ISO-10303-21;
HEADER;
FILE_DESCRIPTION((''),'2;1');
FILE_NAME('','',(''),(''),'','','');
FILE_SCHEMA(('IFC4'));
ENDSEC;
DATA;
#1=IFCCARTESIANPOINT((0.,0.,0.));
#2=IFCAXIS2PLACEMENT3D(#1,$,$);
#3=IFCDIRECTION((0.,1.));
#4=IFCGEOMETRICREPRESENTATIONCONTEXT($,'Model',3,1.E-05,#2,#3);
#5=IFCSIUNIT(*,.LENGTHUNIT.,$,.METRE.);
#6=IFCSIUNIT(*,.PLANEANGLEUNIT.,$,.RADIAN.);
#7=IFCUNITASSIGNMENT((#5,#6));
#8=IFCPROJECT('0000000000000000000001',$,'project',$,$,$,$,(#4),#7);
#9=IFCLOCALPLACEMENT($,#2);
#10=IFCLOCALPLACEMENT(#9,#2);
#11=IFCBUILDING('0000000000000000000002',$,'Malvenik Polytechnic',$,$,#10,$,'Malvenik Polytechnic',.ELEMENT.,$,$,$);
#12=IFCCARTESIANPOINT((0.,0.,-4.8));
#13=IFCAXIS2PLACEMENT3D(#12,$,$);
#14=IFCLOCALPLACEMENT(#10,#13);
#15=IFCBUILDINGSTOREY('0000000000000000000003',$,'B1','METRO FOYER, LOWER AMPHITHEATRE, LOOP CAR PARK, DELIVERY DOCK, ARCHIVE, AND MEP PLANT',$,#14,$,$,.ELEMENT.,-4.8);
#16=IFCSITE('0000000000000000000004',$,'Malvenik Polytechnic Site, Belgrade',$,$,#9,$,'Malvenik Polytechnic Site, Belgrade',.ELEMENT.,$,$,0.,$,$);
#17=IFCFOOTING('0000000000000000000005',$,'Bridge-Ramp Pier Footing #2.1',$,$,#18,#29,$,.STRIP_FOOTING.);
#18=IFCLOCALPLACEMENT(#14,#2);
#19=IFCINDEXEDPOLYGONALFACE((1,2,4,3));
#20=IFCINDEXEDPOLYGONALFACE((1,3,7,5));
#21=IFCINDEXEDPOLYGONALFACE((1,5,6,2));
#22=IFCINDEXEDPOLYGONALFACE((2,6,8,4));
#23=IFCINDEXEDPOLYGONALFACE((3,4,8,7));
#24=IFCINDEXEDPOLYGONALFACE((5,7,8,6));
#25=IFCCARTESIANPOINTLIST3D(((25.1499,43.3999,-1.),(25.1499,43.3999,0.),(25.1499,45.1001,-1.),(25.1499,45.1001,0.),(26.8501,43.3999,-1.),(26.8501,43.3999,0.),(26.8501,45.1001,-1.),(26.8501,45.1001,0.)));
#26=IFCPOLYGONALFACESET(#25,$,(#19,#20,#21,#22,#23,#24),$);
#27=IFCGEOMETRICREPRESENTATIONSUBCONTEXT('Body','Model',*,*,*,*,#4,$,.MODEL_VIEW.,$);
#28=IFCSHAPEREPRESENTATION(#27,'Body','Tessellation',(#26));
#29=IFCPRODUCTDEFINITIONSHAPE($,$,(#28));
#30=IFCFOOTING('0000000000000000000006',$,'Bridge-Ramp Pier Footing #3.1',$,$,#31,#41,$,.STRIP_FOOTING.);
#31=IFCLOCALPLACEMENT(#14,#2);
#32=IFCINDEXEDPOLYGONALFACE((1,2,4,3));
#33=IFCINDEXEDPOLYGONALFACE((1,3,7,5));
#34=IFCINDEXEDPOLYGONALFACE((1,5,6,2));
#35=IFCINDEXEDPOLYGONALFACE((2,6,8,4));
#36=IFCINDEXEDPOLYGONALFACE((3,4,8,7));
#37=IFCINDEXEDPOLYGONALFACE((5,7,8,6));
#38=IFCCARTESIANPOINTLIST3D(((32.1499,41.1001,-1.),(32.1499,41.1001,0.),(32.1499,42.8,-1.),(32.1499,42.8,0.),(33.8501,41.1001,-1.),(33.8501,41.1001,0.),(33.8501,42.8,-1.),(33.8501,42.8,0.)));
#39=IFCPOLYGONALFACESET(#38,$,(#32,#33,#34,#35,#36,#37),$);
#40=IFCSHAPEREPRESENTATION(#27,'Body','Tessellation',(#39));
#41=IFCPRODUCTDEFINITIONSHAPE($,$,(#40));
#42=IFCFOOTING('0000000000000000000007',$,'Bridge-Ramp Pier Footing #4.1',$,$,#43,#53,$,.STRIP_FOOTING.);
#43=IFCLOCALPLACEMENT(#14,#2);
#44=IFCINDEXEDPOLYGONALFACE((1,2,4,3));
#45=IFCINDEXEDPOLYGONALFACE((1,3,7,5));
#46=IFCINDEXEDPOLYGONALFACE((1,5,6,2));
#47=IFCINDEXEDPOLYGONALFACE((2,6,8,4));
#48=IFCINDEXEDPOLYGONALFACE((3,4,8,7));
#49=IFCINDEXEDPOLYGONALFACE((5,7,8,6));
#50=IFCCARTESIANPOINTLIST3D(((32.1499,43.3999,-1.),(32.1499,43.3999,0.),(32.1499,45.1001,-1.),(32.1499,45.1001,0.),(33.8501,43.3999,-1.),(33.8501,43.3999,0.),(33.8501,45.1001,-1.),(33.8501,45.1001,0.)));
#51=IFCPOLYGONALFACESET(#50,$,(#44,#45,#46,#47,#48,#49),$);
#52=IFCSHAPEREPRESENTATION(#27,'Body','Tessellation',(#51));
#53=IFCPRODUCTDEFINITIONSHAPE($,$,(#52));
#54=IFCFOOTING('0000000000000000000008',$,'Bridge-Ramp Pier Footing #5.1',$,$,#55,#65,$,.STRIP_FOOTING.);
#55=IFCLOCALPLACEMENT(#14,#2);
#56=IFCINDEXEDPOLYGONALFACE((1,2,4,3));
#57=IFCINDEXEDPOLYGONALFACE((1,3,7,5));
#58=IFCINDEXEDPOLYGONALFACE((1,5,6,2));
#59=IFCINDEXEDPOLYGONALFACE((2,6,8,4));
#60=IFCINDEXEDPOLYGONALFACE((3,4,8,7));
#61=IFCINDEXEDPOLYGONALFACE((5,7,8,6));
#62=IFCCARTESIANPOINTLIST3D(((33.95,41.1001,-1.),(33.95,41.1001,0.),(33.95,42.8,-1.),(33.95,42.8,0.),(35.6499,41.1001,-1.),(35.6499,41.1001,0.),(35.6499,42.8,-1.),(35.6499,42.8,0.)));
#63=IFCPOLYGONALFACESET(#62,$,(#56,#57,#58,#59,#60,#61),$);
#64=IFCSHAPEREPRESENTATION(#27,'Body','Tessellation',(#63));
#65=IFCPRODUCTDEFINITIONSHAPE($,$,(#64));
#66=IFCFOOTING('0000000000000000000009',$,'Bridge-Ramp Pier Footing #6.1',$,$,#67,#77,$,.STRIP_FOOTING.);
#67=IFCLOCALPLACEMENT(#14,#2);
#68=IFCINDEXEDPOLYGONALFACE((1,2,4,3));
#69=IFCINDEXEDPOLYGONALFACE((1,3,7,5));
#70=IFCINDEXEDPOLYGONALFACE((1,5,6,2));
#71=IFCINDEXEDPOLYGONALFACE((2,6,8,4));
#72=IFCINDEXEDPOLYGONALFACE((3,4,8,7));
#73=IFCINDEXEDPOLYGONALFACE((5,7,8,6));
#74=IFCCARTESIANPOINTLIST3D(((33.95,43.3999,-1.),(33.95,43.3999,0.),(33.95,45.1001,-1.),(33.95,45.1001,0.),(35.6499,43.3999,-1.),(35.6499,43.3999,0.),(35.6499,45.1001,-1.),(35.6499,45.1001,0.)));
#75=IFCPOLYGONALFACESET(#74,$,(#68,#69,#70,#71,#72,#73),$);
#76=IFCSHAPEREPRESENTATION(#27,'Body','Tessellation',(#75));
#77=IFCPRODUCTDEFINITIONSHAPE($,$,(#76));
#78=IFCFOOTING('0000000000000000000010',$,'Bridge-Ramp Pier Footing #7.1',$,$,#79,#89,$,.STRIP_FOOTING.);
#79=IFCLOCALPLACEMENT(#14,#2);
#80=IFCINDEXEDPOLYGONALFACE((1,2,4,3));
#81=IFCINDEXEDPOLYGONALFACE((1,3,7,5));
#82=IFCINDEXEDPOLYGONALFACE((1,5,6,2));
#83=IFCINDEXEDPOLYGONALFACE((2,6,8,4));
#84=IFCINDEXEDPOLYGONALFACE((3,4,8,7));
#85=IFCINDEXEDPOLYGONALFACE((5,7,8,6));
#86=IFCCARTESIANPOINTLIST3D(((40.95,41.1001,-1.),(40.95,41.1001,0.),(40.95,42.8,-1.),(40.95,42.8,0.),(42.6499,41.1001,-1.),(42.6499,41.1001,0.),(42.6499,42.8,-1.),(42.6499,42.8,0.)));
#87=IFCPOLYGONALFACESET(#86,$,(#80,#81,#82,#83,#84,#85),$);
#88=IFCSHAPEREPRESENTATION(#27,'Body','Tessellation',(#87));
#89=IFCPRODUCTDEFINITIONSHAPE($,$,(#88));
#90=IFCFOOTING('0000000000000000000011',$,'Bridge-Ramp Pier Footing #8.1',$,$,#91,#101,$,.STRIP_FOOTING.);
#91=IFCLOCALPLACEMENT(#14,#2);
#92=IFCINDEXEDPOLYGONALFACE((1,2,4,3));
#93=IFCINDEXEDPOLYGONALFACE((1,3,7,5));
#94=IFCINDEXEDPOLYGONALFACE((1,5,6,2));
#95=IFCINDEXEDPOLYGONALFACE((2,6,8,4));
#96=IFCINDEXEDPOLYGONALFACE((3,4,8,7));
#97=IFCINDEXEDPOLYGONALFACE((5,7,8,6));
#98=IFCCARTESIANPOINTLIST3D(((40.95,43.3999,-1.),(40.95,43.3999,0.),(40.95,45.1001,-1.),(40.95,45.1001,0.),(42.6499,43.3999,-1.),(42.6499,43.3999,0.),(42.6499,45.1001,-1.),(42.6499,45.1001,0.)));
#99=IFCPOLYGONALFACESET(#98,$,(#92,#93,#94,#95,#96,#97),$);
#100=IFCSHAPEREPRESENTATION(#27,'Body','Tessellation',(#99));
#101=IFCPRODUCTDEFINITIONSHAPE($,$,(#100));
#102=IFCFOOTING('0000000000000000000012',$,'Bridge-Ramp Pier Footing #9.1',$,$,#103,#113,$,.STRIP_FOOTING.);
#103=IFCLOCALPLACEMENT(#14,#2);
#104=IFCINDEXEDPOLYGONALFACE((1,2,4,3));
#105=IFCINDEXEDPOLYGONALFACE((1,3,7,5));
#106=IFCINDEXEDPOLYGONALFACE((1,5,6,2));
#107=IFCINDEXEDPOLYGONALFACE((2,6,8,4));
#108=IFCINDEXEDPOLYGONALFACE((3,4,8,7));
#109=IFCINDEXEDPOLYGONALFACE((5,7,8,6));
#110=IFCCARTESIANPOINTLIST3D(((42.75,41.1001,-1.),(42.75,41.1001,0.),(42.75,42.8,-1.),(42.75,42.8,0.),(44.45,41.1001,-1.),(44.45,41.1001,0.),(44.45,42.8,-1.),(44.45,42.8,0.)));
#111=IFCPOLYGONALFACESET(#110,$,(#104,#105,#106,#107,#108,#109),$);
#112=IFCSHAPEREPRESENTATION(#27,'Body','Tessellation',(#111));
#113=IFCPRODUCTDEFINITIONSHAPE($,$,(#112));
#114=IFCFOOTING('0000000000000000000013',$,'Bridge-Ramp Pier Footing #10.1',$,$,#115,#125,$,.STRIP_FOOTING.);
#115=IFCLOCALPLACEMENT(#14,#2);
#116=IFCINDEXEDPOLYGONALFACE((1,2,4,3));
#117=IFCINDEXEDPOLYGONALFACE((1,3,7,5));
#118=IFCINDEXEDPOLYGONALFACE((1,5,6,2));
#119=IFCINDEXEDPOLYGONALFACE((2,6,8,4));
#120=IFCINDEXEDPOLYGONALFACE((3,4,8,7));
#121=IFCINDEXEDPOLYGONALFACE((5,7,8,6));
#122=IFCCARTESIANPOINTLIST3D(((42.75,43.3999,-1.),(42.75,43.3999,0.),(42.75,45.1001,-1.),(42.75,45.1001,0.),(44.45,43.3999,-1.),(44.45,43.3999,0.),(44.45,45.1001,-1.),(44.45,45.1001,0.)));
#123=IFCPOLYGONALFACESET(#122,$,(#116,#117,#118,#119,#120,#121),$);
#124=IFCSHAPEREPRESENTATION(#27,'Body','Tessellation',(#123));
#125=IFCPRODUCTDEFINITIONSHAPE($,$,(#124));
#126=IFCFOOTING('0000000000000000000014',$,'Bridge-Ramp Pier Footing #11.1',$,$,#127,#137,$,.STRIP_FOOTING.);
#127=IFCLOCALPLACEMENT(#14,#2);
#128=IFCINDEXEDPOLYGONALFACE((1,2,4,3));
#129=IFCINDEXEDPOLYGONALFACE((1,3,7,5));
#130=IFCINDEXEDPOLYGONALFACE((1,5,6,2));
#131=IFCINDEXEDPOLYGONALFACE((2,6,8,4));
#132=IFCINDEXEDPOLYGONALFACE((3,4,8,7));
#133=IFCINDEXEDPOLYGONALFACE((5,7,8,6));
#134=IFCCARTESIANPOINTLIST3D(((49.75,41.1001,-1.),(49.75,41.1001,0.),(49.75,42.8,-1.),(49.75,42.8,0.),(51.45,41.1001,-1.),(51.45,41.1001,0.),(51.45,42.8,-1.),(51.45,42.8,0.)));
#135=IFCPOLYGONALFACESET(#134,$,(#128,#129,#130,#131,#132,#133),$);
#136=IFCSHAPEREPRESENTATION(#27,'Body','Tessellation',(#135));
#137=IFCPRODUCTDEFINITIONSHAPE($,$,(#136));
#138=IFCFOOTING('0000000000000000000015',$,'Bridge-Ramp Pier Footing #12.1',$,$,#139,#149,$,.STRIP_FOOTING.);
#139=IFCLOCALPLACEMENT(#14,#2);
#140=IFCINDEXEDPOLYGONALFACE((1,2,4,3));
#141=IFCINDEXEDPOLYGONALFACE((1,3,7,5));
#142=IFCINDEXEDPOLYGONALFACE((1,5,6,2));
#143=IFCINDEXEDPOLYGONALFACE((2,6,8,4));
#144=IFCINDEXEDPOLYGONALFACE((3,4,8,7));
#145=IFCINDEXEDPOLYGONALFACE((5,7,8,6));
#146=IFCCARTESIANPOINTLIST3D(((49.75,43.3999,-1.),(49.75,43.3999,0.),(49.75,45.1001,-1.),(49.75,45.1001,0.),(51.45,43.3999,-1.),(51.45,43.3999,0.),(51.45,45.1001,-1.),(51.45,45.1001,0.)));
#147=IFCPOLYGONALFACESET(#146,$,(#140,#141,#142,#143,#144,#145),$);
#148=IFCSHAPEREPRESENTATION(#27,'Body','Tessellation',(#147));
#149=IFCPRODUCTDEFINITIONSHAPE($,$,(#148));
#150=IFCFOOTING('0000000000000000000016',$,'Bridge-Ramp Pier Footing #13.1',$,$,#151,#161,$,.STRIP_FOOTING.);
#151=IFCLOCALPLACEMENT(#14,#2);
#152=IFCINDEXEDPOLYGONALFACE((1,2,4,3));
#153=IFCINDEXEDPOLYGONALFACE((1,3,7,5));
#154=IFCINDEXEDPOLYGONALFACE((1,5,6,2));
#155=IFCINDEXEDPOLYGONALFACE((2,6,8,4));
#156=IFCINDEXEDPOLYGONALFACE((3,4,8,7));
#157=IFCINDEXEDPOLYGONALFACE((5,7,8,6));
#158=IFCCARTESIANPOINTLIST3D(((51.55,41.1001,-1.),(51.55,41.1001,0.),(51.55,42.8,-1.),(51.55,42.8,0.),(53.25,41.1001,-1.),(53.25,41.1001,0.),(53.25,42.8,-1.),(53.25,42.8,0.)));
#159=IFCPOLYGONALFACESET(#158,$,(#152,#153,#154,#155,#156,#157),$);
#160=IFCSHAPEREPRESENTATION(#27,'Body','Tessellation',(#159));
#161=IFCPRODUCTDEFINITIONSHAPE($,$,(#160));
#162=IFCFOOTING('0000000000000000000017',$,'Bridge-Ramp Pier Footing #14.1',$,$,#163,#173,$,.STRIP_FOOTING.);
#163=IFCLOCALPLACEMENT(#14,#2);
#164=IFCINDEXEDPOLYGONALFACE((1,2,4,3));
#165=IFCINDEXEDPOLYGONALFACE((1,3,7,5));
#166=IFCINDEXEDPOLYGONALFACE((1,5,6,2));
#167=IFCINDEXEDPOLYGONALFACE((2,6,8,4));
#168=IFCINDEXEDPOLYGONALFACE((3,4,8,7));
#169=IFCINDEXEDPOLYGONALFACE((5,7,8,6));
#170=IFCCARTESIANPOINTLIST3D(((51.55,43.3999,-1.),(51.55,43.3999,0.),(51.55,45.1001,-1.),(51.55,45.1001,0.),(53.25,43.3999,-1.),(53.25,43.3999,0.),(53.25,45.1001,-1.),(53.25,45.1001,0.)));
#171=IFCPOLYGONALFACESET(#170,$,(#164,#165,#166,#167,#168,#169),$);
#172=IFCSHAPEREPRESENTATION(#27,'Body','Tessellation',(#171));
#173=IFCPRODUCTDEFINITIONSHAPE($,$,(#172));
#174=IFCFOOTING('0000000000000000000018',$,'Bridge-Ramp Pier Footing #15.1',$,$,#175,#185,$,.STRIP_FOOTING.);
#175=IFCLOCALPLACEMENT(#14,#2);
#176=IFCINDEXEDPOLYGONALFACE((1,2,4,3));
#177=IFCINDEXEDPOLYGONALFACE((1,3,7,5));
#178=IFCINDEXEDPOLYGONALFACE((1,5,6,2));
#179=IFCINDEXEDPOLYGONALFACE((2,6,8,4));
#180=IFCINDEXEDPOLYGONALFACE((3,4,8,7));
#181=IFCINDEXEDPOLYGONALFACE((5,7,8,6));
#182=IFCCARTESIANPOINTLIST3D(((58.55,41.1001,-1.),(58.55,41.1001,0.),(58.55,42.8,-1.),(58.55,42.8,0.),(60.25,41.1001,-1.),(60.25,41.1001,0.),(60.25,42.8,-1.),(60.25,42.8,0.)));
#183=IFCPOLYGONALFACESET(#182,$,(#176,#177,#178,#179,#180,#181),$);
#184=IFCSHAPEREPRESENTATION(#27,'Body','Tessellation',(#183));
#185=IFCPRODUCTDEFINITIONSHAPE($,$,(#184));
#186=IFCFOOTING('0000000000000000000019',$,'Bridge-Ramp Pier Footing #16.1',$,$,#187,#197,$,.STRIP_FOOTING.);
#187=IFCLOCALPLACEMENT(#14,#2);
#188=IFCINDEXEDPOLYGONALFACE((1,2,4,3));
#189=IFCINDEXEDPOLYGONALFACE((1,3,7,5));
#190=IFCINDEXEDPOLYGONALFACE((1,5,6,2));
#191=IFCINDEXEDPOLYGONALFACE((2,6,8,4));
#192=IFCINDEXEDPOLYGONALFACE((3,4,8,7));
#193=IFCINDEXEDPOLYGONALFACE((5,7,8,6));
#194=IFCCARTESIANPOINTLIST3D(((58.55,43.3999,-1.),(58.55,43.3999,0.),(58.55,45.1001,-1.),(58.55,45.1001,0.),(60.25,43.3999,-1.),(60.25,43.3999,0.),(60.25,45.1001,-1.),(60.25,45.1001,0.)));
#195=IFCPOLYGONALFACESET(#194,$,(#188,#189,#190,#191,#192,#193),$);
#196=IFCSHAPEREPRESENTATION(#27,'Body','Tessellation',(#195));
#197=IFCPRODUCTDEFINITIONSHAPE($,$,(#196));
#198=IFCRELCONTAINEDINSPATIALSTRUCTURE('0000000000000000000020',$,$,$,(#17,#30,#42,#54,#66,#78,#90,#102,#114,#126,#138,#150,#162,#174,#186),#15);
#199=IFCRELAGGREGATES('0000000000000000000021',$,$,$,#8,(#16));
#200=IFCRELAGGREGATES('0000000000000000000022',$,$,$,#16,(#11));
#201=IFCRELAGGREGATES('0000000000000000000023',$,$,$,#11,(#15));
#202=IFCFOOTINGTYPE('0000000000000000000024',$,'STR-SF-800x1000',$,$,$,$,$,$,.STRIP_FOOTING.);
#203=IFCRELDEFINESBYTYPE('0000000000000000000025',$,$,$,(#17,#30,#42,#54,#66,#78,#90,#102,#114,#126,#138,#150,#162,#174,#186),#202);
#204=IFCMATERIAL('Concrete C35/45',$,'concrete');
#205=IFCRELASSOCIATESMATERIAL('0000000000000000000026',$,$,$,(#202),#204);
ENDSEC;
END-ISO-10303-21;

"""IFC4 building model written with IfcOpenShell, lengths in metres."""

from ifc_helpers import new_model, si_unit, direction, frame, origin, place, context, subcontext, project, spatial, polyline, outline, extrude, material, type_object, element, save


model = new_model("IFC4")

# Units and contexts
model_context = context("Model", 3, precision=1e-05, world=origin(), true_north=direction((0.0, 1.0)))
body_context = subcontext(model_context, "Body", "Model", "MODEL_VIEW")
ifc_project = project(units=[si_unit("LENGTHUNIT", "METRE"), si_unit("PLANEANGLEUNIT", "RADIAN")], contexts=[model_context])

# Site, building, storey
site_placement = place(None, origin())
site = spatial("IfcSite", under=ifc_project, at=site_placement, Name="Malvenik Polytechnic Site, Belgrade", LongName="Malvenik Polytechnic Site, Belgrade", CompositionType="ELEMENT", RefElevation=0.0)
building_placement = place(site_placement, origin())
building = spatial("IfcBuilding", under=site, at=building_placement, Name="Malvenik Polytechnic", LongName="Malvenik Polytechnic", CompositionType="ELEMENT")
storey_placement = place(building_placement, frame((0.0, 0.0, -4.8)))
storey = spatial("IfcBuildingStorey", under=building, at=storey_placement, Name="B1", Description="METRO FOYER, LOWER AMPHITHEATRE, LOOP CAR PARK, DELIVERY DOCK, ARCHIVE, AND MEP PLANT", CompositionType="ELEMENT", Elevation=-4.8)

# Footings
ifc_material = material(Name="Concrete C35/45", Category="concrete")
footing_type = type_object("IfcFootingType", Name="STR-SF-800x1000", PredefinedType="STRIP_FOOTING", material=ifc_material)
footing_1_placement = place(storey_placement, frame((0.0, 0.0, -1.0)))
element("IfcFooting", 1, at=footing_1_placement, inside=storey, type_object=footing_type, Name="Bridge-Ramp Pier Footing #2.1", PredefinedType="STRIP_FOOTING", context=body_context, shape_type="SweptSolid", body=[
    extrude(outline(polyline([(25.1499, 43.3999), (25.1499, 45.1001), (26.8501, 45.1001), (26.8501, 43.3999), (25.1499, 43.3999)])), origin(), (0.0, 0.0, 1.0), 1.0),
])
footing_2_placement = place(storey_placement, frame((0.0, 0.0, -1.0)))
element("IfcFooting", 2, at=footing_2_placement, inside=storey, type_object=footing_type, Name="Bridge-Ramp Pier Footing #3.1", PredefinedType="STRIP_FOOTING", context=body_context, shape_type="SweptSolid", body=[
    extrude(outline(polyline([(32.1499, 41.1001), (32.1499, 42.8), (33.8501, 42.8), (33.8501, 41.1001), (32.1499, 41.1001)])), origin(), (0.0, 0.0, 1.0), 1.0),
])
footing_3_placement = place(storey_placement, frame((0.0, 0.0, -1.0)))
element("IfcFooting", 3, at=footing_3_placement, inside=storey, type_object=footing_type, Name="Bridge-Ramp Pier Footing #4.1", PredefinedType="STRIP_FOOTING", context=body_context, shape_type="SweptSolid", body=[
    extrude(outline(polyline([(32.1499, 43.3999), (32.1499, 45.1001), (33.8501, 45.1001), (33.8501, 43.3999), (32.1499, 43.3999)])), origin(), (0.0, 0.0, 1.0), 1.0),
])
footing_4_placement = place(storey_placement, frame((0.0, 0.0, -1.0)))
element("IfcFooting", 4, at=footing_4_placement, inside=storey, type_object=footing_type, Name="Bridge-Ramp Pier Footing #5.1", PredefinedType="STRIP_FOOTING", context=body_context, shape_type="SweptSolid", body=[
    extrude(outline(polyline([(33.95, 41.1001), (33.95, 42.8), (35.6499, 42.8), (35.6499, 41.1001), (33.95, 41.1001)])), origin(), (0.0, 0.0, 1.0), 1.0),
])
footing_5_placement = place(storey_placement, frame((0.0, 0.0, -1.0)))
element("IfcFooting", 5, at=footing_5_placement, inside=storey, type_object=footing_type, Name="Bridge-Ramp Pier Footing #6.1", PredefinedType="STRIP_FOOTING", context=body_context, shape_type="SweptSolid", body=[
    extrude(outline(polyline([(33.95, 43.3999), (33.95, 45.1001), (35.6499, 45.1001), (35.6499, 43.3999), (33.95, 43.3999)])), origin(), (0.0, 0.0, 1.0), 1.0),
])
footing_6_placement = place(storey_placement, frame((0.0, 0.0, -1.0)))
element("IfcFooting", 6, at=footing_6_placement, inside=storey, type_object=footing_type, Name="Bridge-Ramp Pier Footing #7.1", PredefinedType="STRIP_FOOTING", context=body_context, shape_type="SweptSolid", body=[
    extrude(outline(polyline([(40.95, 41.1001), (40.95, 42.8), (42.6499, 42.8), (42.6499, 41.1001), (40.95, 41.1001)])), origin(), (0.0, 0.0, 1.0), 1.0),
])
footing_7_placement = place(storey_placement, frame((0.0, 0.0, -1.0)))
element("IfcFooting", 7, at=footing_7_placement, inside=storey, type_object=footing_type, Name="Bridge-Ramp Pier Footing #8.1", PredefinedType="STRIP_FOOTING", context=body_context, shape_type="SweptSolid", body=[
    extrude(outline(polyline([(40.95, 43.3999), (40.95, 45.1001), (42.6499, 45.1001), (42.6499, 43.3999), (40.95, 43.3999)])), origin(), (0.0, 0.0, 1.0), 1.0),
])
footing_8_placement = place(storey_placement, frame((0.0, 0.0, -1.0)))
element("IfcFooting", 8, at=footing_8_placement, inside=storey, type_object=footing_type, Name="Bridge-Ramp Pier Footing #9.1", PredefinedType="STRIP_FOOTING", context=body_context, shape_type="SweptSolid", body=[
    extrude(outline(polyline([(42.75, 41.1001), (42.75, 42.8), (44.45, 42.8), (44.45, 41.1001), (42.75, 41.1001)])), origin(), (0.0, 0.0, 1.0), 1.0),
])
footing_9_placement = place(storey_placement, frame((0.0, 0.0, -1.0)))
element("IfcFooting", 9, at=footing_9_placement, inside=storey, type_object=footing_type, Name="Bridge-Ramp Pier Footing #10.1", PredefinedType="STRIP_FOOTING", context=body_context, shape_type="SweptSolid", body=[
    extrude(outline(polyline([(42.75, 43.3999), (42.75, 45.1001), (44.45, 45.1001), (44.45, 43.3999), (42.75, 43.3999)])), origin(), (0.0, 0.0, 1.0), 1.0),
])
footing_10_placement = place(storey_placement, frame((0.0, 0.0, -1.0)))
element("IfcFooting", 10, at=footing_10_placement, inside=storey, type_object=footing_type, Name="Bridge-Ramp Pier Footing #11.1", PredefinedType="STRIP_FOOTING", context=body_context, shape_type="SweptSolid", body=[
    extrude(outline(polyline([(49.75, 41.1001), (49.75, 42.8), (51.45, 42.8), (51.45, 41.1001), (49.75, 41.1001)])), origin(), (0.0, 0.0, 1.0), 1.0),
])
footing_11_placement = place(storey_placement, frame((0.0, 0.0, -1.0)))
element("IfcFooting", 11, at=footing_11_placement, inside=storey, type_object=footing_type, Name="Bridge-Ramp Pier Footing #12.1", PredefinedType="STRIP_FOOTING", context=body_context, shape_type="SweptSolid", body=[
    extrude(outline(polyline([(49.75, 43.3999), (49.75, 45.1001), (51.45, 45.1001), (51.45, 43.3999), (49.75, 43.3999)])), origin(), (0.0, 0.0, 1.0), 1.0),
])
footing_12_placement = place(storey_placement, frame((0.0, 0.0, -1.0)))
element("IfcFooting", 12, at=footing_12_placement, inside=storey, type_object=footing_type, Name="Bridge-Ramp Pier Footing #13.1", PredefinedType="STRIP_FOOTING", context=body_context, shape_type="SweptSolid", body=[
    extrude(outline(polyline([(51.55, 41.1001), (51.55, 42.8), (53.25, 42.8), (53.25, 41.1001), (51.55, 41.1001)])), origin(), (0.0, 0.0, 1.0), 1.0),
])
footing_13_placement = place(storey_placement, frame((0.0, 0.0, -1.0)))
element("IfcFooting", 13, at=footing_13_placement, inside=storey, type_object=footing_type, Name="Bridge-Ramp Pier Footing #14.1", PredefinedType="STRIP_FOOTING", context=body_context, shape_type="SweptSolid", body=[
    extrude(outline(polyline([(51.55, 43.3999), (51.55, 45.1001), (53.25, 45.1001), (53.25, 43.3999), (51.55, 43.3999)])), origin(), (0.0, 0.0, 1.0), 1.0),
])
footing_14_placement = place(storey_placement, frame((0.0, 0.0, -1.0)))
element("IfcFooting", 14, at=footing_14_placement, inside=storey, type_object=footing_type, Name="Bridge-Ramp Pier Footing #15.1", PredefinedType="STRIP_FOOTING", context=body_context, shape_type="SweptSolid", body=[
    extrude(outline(polyline([(58.55, 41.1001), (58.55, 42.8), (60.25, 42.8), (60.25, 41.1001), (58.55, 41.1001)])), origin(), (0.0, 0.0, 1.0), 1.0),
])
footing_15_placement = place(storey_placement, frame((0.0, 0.0, -1.0)))
element("IfcFooting", 15, at=footing_15_placement, inside=storey, type_object=footing_type, Name="Bridge-Ramp Pier Footing #16.1", PredefinedType="STRIP_FOOTING", context=body_context, shape_type="SweptSolid", body=[
    extrude(outline(polyline([(58.55, 43.3999), (58.55, 45.1001), (60.25, 45.1001), (60.25, 43.3999), (58.55, 43.3999)])), origin(), (0.0, 0.0, 1.0), 1.0),
])

save(model, "model.ifc")
